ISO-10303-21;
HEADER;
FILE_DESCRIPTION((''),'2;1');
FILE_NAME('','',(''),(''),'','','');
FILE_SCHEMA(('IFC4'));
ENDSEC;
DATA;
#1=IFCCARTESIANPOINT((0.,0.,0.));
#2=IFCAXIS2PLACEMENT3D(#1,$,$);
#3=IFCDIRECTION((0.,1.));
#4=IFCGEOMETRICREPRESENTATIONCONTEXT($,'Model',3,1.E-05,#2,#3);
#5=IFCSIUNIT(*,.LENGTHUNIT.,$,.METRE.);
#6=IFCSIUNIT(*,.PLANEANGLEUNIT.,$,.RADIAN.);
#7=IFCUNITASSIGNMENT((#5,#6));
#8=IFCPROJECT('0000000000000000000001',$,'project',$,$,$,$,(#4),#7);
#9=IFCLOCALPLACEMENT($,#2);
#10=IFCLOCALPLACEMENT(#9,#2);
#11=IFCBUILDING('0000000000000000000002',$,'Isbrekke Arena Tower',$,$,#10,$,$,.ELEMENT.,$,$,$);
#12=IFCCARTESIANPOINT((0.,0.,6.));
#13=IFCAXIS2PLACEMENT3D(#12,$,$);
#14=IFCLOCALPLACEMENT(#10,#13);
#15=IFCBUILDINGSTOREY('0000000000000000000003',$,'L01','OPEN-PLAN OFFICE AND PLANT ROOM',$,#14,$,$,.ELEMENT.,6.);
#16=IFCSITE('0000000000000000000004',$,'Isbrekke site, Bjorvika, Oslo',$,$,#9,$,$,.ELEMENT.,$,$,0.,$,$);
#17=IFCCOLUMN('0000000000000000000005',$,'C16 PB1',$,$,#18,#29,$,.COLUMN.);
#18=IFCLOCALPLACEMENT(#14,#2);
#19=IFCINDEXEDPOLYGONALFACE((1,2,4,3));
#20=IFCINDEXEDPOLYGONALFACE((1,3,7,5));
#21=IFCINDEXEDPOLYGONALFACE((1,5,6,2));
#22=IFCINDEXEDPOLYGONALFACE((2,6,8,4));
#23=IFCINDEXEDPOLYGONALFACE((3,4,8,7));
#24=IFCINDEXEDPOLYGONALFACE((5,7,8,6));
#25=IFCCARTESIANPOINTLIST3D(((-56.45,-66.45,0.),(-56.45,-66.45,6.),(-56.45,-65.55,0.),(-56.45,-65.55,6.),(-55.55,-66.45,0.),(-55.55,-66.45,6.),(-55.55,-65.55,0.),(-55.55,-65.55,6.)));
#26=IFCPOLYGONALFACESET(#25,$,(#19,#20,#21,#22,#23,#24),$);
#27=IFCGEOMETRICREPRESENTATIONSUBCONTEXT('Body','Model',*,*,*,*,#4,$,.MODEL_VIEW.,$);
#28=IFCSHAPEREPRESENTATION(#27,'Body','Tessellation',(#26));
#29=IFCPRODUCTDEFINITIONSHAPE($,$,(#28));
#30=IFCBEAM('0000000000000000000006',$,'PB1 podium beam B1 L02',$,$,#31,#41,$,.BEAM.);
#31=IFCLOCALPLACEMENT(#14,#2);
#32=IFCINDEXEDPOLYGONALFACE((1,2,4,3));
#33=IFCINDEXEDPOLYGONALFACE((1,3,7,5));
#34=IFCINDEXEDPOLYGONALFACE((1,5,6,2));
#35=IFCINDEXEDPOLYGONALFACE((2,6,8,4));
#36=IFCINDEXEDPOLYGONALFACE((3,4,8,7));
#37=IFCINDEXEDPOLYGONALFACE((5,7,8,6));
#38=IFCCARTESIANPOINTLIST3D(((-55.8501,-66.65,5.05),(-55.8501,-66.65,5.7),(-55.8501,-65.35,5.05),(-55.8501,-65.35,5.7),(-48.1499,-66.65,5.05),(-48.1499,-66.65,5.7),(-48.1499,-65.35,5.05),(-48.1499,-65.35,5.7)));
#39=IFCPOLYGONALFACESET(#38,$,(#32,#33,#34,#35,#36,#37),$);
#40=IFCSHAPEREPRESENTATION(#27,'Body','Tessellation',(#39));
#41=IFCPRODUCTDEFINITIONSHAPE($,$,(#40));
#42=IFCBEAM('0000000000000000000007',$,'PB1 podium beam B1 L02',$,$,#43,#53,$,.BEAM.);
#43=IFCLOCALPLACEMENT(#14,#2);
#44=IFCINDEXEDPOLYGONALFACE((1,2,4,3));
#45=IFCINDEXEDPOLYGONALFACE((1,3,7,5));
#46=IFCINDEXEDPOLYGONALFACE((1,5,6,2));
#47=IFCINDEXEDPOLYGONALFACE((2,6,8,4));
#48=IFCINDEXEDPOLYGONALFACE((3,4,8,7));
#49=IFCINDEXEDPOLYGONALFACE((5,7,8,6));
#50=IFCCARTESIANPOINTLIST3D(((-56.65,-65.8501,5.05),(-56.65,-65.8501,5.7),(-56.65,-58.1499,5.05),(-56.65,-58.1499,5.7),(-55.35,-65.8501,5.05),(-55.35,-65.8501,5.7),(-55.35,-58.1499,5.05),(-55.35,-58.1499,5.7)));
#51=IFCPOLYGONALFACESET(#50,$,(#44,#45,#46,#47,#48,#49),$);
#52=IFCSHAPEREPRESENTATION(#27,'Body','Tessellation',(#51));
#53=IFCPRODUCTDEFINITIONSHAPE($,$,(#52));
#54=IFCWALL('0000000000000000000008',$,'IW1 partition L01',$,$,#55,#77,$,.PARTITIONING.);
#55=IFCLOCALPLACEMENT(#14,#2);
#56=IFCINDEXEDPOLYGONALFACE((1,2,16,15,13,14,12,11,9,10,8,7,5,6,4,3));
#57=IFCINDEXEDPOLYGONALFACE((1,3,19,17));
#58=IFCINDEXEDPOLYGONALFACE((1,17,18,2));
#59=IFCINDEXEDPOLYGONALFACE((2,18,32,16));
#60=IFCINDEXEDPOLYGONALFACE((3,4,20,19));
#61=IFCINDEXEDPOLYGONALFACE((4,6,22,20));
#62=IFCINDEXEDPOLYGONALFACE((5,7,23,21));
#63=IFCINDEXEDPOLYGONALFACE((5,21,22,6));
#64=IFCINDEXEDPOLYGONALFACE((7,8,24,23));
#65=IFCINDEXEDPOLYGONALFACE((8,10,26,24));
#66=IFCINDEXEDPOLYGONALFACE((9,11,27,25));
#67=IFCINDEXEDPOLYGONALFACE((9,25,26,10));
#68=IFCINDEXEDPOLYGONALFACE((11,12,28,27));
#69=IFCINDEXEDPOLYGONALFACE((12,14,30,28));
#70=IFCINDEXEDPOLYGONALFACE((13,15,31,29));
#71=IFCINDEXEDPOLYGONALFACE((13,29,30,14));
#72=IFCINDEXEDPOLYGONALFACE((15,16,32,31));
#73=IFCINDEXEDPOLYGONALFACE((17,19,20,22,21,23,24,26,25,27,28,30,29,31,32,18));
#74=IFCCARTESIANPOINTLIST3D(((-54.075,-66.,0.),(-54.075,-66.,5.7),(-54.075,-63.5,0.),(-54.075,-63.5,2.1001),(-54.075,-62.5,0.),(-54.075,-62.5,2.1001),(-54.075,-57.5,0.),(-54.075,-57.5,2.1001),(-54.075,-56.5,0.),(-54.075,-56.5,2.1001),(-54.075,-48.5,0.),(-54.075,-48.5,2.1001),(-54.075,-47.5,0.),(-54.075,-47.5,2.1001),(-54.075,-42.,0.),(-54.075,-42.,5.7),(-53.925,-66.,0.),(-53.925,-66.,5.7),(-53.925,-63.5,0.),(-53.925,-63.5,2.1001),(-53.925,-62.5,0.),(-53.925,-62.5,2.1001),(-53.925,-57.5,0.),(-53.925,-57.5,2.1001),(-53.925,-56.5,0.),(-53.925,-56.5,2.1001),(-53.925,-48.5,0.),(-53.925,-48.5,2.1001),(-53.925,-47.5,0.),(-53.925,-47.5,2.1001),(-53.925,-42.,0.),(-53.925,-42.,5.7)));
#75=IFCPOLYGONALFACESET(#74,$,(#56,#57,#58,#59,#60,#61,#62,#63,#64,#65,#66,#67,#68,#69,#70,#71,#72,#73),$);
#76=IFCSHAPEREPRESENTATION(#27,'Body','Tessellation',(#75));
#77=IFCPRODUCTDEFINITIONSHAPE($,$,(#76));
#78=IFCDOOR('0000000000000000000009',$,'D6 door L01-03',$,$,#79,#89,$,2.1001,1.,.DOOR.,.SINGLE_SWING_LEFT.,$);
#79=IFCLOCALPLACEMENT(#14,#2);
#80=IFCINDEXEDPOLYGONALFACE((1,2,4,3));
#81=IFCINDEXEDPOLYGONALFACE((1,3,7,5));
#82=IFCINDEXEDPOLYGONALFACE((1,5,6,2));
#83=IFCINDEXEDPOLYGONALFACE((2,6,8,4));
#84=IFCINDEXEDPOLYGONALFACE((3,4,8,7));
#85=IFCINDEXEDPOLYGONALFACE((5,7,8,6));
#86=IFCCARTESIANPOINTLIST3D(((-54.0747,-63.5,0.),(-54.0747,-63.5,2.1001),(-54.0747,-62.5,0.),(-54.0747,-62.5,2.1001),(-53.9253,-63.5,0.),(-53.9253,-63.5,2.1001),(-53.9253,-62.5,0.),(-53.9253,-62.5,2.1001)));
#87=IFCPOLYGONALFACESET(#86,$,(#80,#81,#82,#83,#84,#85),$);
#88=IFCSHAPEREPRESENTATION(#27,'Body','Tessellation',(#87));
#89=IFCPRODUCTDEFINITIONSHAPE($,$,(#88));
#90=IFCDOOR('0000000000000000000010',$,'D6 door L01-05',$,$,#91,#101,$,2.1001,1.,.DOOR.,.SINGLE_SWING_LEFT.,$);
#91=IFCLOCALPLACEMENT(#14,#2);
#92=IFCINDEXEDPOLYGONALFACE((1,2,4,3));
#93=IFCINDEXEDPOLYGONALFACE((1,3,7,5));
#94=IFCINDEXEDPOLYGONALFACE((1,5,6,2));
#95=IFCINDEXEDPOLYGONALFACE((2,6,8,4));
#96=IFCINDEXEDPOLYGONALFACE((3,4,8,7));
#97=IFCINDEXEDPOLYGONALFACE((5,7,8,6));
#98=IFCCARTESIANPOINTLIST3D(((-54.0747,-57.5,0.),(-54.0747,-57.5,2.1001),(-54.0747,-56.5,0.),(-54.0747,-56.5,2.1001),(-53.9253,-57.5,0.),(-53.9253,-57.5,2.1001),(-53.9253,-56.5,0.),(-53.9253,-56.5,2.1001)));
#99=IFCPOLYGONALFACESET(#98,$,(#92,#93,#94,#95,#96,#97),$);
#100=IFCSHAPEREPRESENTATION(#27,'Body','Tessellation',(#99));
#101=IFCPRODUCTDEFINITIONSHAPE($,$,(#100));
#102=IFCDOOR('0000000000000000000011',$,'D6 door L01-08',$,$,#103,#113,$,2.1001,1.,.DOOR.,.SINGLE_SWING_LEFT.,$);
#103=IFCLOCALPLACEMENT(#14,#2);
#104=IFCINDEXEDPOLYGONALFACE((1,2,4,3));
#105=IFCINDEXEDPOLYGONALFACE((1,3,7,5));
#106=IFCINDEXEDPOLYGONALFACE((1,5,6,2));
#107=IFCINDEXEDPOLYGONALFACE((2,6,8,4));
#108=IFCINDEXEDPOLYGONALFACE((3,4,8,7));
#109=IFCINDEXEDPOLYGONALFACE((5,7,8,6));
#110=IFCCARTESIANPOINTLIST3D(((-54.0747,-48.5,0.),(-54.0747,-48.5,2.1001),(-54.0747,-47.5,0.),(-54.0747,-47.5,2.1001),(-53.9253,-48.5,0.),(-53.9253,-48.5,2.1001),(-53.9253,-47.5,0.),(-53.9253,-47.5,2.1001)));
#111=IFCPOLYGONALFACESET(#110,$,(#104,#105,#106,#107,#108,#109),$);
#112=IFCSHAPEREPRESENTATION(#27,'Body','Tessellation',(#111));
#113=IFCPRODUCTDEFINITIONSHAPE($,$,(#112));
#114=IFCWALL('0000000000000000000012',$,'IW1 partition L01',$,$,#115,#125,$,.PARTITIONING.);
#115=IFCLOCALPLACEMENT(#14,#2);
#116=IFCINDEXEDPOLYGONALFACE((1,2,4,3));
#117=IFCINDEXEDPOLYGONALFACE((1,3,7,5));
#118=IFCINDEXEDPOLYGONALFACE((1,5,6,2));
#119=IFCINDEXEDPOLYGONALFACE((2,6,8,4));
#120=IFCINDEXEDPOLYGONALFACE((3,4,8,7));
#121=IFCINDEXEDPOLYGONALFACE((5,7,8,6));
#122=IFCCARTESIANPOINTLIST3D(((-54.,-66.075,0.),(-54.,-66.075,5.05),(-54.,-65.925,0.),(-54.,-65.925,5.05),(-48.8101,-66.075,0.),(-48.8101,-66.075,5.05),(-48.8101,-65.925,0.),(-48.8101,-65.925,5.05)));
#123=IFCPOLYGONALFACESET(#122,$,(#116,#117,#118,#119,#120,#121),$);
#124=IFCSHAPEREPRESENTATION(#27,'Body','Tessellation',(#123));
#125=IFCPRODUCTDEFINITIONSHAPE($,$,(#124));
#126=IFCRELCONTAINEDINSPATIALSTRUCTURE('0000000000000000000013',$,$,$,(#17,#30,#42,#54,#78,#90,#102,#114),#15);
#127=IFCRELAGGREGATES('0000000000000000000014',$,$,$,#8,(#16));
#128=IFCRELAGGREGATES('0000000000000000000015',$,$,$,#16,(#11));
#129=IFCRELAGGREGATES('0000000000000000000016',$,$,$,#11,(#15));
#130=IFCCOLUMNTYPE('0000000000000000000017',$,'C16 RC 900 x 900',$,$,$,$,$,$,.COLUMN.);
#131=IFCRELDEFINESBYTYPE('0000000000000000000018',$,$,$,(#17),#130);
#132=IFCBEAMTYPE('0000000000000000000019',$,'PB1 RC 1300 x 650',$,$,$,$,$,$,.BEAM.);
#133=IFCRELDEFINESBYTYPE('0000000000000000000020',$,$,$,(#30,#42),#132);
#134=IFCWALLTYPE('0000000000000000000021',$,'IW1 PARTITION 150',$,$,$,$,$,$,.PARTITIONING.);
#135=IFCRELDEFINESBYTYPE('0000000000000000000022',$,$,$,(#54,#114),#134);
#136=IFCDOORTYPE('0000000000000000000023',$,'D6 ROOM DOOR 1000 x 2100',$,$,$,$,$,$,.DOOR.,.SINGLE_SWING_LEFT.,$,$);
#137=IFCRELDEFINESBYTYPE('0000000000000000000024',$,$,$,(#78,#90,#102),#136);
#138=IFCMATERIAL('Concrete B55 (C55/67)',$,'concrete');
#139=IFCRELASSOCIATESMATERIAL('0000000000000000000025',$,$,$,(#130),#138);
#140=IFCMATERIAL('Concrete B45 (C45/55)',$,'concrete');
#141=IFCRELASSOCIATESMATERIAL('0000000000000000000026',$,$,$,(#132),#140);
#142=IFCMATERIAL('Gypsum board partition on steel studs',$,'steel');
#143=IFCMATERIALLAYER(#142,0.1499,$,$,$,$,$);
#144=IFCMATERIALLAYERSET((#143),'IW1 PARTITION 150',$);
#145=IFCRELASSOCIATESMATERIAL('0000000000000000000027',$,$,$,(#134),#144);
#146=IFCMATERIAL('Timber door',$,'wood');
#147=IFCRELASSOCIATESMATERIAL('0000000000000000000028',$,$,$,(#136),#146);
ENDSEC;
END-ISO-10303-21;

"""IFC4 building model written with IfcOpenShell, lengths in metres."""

from ifc_helpers import new_model, si_unit, direction, frame, frame_2d, origin, origin_2d, place, context, subcontext, project, spatial, rectangle, extrude, material, layer, layer_set, material_profile, profile_set, type_object, element, fill, save


model = new_model("IFC4")

# Units and contexts
model_context = context("Model", 3, precision=1e-05, world=origin(), true_north=direction((0.0, 1.0)))
body_context = subcontext(model_context, "Body", "Model", "MODEL_VIEW")
ifc_project = project(units=[si_unit("LENGTHUNIT", "METRE"), si_unit("PLANEANGLEUNIT", "RADIAN")], contexts=[model_context])

# Site, building, storey
site_placement = place(None, origin())
site = spatial("IfcSite", under=ifc_project, at=site_placement, Name="Isbrekke site, Bjorvika, Oslo", CompositionType="ELEMENT", RefElevation=0.0)
building_placement = place(site_placement, origin())
building = spatial("IfcBuilding", under=site, at=building_placement, Name="Isbrekke Arena Tower", CompositionType="ELEMENT")
storey_placement = place(building_placement, frame((0.0, 0.0, 6.0)))
storey = spatial("IfcBuildingStorey", under=building, at=storey_placement, Name="L01", Description="OPEN-PLAN OFFICE AND PLANT ROOM", CompositionType="ELEMENT", Elevation=6.0)

# Column
ifc_material_1 = material(Name="Concrete B55 (C55/67)", Category="concrete")
ifc_material_profile_1 = material_profile(ifc_material_1, rectangle(XDim=0.8999, YDim=0.8999, at=origin_2d()), Name="RC 900x900")
ifc_profile_set_1 = profile_set([ifc_material_profile_1], Name="Concrete B55 (C55/67)")
column_type = type_object("IfcColumnType", Name="C16 RC 900 x 900", PredefinedType="COLUMN", material=ifc_profile_set_1)
column_placement = place(storey_placement, frame((-56.0, -66.0, 0.0), z_axis=(0.0, 0.0, 1.0), x_axis=(1.0, 0.0, 0.0)))
element("IfcColumn", 1, at=column_placement, inside=storey, type_object=column_type, Name="C16 PB1", PredefinedType="COLUMN", context=body_context, shape_type="SweptSolid", body=[
    extrude(rectangle(XDim=0.8999, YDim=0.8999, at=origin_2d()), origin(), (0.0, 0.0, 1.0), 6.0),
])

# Beams
ifc_material_2 = material(Name="Concrete B45 (C45/55)", Category="concrete")
ifc_material_profile_2 = material_profile(ifc_material_2, rectangle(XDim=1.3, YDim=0.6499, at=origin_2d()), Name="RC 1300x650")
ifc_profile_set_2 = profile_set([ifc_material_profile_2], Name="Concrete B45 (C45/55)")
beam_type = type_object("IfcBeamType", Name="PB1 RC 1300 x 650", PredefinedType="BEAM", material=ifc_profile_set_2)
for number, where, z_axis, x_axis, name in (
    (2, (-55.8501, -66.0, 5.375), (1.0, 0.0, 0.0), (0.0, 1.0, 0.0), "PB1 podium beam B1 L02"),
    (3, (-56.0, -65.8501, 5.375), (0.0, 1.0, 0.0), (-1.0, 0.0, 0.0), "PB1 podium beam B1 L02"),
):
    element("IfcBeam", number, at=place(storey_placement, frame(where, z_axis=z_axis, x_axis=x_axis)), inside=storey, type_object=beam_type, Name=name, PredefinedType="BEAM", context=body_context, shape_type="SweptSolid", body=[
        extrude(rectangle(XDim=1.3, YDim=0.6499, at=origin_2d()), origin(), (0.0, 0.0, 1.0), 7.7002),
    ])

# Wall, openings, doors
ifc_material_3 = material(Name="Gypsum board partition on steel studs", Category="steel")
ifc_layer = layer(ifc_material_3, 0.1499)
ifc_layer_set = layer_set([ifc_layer], Name="IW1 PARTITION 150")
wall_type = type_object("IfcWallType", Name="IW1 PARTITION 150", PredefinedType="PARTITIONING", material=ifc_layer_set)
wall_1_placement = place(storey_placement, frame((-54.0, -66.0, 0.0), z_axis=(0.0, 0.0, 1.0), x_axis=(0.0, 1.0, 0.0)))
wall_1 = element("IfcWall", 4, at=wall_1_placement, inside=storey, type_object=wall_type, Name="IW1 partition L01", PredefinedType="PARTITIONING", context=body_context, shape_type="SweptSolid", body=[
    extrude(rectangle(XDim=24.0, YDim=0.1499, at=frame_2d((12.0, 0.0))), origin(), (0.0, 0.0, 1.0), 5.7),
])
opening_1_placement = place(wall_1_placement, frame((2.5, 0.0, 0.0)))
opening_1 = element("IfcOpeningElement", 5, at=opening_1_placement, cuts=wall_1, PredefinedType="OPENING", context=body_context, shape_type="SweptSolid", body=[
    extrude(rectangle(XDim=1.0, YDim=2.1001, at=frame_2d((0.5, 1.05))), frame((0.0, 0.0898, 0.0), z_axis=(0.0, -1.0, 0.0), x_axis=(1.0, 0.0, 0.0)), (0.0, 0.0, 1.0), 0.1797),
])
opening_2_placement = place(wall_1_placement, frame((8.5, 0.0, 0.0)))
opening_2 = element("IfcOpeningElement", 6, at=opening_2_placement, cuts=wall_1, PredefinedType="OPENING", context=body_context, shape_type="SweptSolid", body=[
    extrude(rectangle(XDim=1.0, YDim=2.1001, at=frame_2d((0.5, 1.05))), frame((0.0, 0.0898, 0.0), z_axis=(0.0, -1.0, 0.0), x_axis=(1.0, 0.0, 0.0)), (0.0, 0.0, 1.0), 0.1797),
])
opening_3_placement = place(wall_1_placement, frame((17.5, 0.0, 0.0)))
opening_3 = element("IfcOpeningElement", 7, at=opening_3_placement, cuts=wall_1, PredefinedType="OPENING", context=body_context, shape_type="SweptSolid", body=[
    extrude(rectangle(XDim=1.0, YDim=2.1001, at=frame_2d((0.5, 1.05))), frame((0.0, 0.0898, 0.0), z_axis=(0.0, -1.0, 0.0), x_axis=(1.0, 0.0, 0.0)), (0.0, 0.0, 1.0), 0.1797),
])
ifc_material_4 = material(Name="Timber door", Category="wood")
door_type = type_object("IfcDoorType", Name="D6 ROOM DOOR 1000 x 2100", OperationType="SINGLE_SWING_LEFT", PredefinedType="DOOR", material=ifc_material_4)
door_1_placement = place(opening_1_placement, origin())
door_1 = element("IfcDoor", 8, at=door_1_placement, inside=storey, type_object=door_type, Name="D6 door L01-03", OperationType="SINGLE_SWING_LEFT", OverallHeight=2.1001, OverallWidth=1.0, PredefinedType="DOOR", context=body_context, shape_type="SweptSolid", body=[
    extrude(rectangle(XDim=1.0, YDim=2.1001, at=frame_2d((0.5, 1.05))), frame((0.0, 0.0747, 0.0), z_axis=(0.0, -1.0, 0.0), x_axis=(1.0, 0.0, 0.0)), (0.0, 0.0, 1.0), 0.1494),
])
fill(opening_1, door_1)
door_2_placement = place(opening_2_placement, origin())
door_2 = element("IfcDoor", 9, at=door_2_placement, inside=storey, type_object=door_type, Name="D6 door L01-05", OperationType="SINGLE_SWING_LEFT", OverallHeight=2.1001, OverallWidth=1.0, PredefinedType="DOOR", context=body_context, shape_type="SweptSolid", body=[
    extrude(rectangle(XDim=1.0, YDim=2.1001, at=frame_2d((0.5, 1.05))), frame((0.0, 0.0747, 0.0), z_axis=(0.0, -1.0, 0.0), x_axis=(1.0, 0.0, 0.0)), (0.0, 0.0, 1.0), 0.1494),
])
fill(opening_2, door_2)
door_3_placement = place(opening_3_placement, origin())
door_3 = element("IfcDoor", 10, at=door_3_placement, inside=storey, type_object=door_type, Name="D6 door L01-08", OperationType="SINGLE_SWING_LEFT", OverallHeight=2.1001, OverallWidth=1.0, PredefinedType="DOOR", context=body_context, shape_type="SweptSolid", body=[
    extrude(rectangle(XDim=1.0, YDim=2.1001, at=frame_2d((0.5, 1.05))), frame((0.0, 0.0747, 0.0), z_axis=(0.0, -1.0, 0.0), x_axis=(1.0, 0.0, 0.0)), (0.0, 0.0, 1.0), 0.1494),
])
fill(opening_3, door_3)

# Wall
wall_2_placement = place(storey_placement, frame((-54.0, -66.0, 0.0), z_axis=(0.0, 0.0, 1.0), x_axis=(1.0, 0.0, 0.0)))
element("IfcWall", 11, at=wall_2_placement, inside=storey, type_object=wall_type, Name="IW1 partition L01", PredefinedType="PARTITIONING", context=body_context, shape_type="SweptSolid", body=[
    extrude(rectangle(XDim=5.1899, YDim=0.1499, at=frame_2d((2.595, 0.0))), origin(), (0.0, 0.0, 1.0), 5.05),
])

save(model, "model.ifc")
